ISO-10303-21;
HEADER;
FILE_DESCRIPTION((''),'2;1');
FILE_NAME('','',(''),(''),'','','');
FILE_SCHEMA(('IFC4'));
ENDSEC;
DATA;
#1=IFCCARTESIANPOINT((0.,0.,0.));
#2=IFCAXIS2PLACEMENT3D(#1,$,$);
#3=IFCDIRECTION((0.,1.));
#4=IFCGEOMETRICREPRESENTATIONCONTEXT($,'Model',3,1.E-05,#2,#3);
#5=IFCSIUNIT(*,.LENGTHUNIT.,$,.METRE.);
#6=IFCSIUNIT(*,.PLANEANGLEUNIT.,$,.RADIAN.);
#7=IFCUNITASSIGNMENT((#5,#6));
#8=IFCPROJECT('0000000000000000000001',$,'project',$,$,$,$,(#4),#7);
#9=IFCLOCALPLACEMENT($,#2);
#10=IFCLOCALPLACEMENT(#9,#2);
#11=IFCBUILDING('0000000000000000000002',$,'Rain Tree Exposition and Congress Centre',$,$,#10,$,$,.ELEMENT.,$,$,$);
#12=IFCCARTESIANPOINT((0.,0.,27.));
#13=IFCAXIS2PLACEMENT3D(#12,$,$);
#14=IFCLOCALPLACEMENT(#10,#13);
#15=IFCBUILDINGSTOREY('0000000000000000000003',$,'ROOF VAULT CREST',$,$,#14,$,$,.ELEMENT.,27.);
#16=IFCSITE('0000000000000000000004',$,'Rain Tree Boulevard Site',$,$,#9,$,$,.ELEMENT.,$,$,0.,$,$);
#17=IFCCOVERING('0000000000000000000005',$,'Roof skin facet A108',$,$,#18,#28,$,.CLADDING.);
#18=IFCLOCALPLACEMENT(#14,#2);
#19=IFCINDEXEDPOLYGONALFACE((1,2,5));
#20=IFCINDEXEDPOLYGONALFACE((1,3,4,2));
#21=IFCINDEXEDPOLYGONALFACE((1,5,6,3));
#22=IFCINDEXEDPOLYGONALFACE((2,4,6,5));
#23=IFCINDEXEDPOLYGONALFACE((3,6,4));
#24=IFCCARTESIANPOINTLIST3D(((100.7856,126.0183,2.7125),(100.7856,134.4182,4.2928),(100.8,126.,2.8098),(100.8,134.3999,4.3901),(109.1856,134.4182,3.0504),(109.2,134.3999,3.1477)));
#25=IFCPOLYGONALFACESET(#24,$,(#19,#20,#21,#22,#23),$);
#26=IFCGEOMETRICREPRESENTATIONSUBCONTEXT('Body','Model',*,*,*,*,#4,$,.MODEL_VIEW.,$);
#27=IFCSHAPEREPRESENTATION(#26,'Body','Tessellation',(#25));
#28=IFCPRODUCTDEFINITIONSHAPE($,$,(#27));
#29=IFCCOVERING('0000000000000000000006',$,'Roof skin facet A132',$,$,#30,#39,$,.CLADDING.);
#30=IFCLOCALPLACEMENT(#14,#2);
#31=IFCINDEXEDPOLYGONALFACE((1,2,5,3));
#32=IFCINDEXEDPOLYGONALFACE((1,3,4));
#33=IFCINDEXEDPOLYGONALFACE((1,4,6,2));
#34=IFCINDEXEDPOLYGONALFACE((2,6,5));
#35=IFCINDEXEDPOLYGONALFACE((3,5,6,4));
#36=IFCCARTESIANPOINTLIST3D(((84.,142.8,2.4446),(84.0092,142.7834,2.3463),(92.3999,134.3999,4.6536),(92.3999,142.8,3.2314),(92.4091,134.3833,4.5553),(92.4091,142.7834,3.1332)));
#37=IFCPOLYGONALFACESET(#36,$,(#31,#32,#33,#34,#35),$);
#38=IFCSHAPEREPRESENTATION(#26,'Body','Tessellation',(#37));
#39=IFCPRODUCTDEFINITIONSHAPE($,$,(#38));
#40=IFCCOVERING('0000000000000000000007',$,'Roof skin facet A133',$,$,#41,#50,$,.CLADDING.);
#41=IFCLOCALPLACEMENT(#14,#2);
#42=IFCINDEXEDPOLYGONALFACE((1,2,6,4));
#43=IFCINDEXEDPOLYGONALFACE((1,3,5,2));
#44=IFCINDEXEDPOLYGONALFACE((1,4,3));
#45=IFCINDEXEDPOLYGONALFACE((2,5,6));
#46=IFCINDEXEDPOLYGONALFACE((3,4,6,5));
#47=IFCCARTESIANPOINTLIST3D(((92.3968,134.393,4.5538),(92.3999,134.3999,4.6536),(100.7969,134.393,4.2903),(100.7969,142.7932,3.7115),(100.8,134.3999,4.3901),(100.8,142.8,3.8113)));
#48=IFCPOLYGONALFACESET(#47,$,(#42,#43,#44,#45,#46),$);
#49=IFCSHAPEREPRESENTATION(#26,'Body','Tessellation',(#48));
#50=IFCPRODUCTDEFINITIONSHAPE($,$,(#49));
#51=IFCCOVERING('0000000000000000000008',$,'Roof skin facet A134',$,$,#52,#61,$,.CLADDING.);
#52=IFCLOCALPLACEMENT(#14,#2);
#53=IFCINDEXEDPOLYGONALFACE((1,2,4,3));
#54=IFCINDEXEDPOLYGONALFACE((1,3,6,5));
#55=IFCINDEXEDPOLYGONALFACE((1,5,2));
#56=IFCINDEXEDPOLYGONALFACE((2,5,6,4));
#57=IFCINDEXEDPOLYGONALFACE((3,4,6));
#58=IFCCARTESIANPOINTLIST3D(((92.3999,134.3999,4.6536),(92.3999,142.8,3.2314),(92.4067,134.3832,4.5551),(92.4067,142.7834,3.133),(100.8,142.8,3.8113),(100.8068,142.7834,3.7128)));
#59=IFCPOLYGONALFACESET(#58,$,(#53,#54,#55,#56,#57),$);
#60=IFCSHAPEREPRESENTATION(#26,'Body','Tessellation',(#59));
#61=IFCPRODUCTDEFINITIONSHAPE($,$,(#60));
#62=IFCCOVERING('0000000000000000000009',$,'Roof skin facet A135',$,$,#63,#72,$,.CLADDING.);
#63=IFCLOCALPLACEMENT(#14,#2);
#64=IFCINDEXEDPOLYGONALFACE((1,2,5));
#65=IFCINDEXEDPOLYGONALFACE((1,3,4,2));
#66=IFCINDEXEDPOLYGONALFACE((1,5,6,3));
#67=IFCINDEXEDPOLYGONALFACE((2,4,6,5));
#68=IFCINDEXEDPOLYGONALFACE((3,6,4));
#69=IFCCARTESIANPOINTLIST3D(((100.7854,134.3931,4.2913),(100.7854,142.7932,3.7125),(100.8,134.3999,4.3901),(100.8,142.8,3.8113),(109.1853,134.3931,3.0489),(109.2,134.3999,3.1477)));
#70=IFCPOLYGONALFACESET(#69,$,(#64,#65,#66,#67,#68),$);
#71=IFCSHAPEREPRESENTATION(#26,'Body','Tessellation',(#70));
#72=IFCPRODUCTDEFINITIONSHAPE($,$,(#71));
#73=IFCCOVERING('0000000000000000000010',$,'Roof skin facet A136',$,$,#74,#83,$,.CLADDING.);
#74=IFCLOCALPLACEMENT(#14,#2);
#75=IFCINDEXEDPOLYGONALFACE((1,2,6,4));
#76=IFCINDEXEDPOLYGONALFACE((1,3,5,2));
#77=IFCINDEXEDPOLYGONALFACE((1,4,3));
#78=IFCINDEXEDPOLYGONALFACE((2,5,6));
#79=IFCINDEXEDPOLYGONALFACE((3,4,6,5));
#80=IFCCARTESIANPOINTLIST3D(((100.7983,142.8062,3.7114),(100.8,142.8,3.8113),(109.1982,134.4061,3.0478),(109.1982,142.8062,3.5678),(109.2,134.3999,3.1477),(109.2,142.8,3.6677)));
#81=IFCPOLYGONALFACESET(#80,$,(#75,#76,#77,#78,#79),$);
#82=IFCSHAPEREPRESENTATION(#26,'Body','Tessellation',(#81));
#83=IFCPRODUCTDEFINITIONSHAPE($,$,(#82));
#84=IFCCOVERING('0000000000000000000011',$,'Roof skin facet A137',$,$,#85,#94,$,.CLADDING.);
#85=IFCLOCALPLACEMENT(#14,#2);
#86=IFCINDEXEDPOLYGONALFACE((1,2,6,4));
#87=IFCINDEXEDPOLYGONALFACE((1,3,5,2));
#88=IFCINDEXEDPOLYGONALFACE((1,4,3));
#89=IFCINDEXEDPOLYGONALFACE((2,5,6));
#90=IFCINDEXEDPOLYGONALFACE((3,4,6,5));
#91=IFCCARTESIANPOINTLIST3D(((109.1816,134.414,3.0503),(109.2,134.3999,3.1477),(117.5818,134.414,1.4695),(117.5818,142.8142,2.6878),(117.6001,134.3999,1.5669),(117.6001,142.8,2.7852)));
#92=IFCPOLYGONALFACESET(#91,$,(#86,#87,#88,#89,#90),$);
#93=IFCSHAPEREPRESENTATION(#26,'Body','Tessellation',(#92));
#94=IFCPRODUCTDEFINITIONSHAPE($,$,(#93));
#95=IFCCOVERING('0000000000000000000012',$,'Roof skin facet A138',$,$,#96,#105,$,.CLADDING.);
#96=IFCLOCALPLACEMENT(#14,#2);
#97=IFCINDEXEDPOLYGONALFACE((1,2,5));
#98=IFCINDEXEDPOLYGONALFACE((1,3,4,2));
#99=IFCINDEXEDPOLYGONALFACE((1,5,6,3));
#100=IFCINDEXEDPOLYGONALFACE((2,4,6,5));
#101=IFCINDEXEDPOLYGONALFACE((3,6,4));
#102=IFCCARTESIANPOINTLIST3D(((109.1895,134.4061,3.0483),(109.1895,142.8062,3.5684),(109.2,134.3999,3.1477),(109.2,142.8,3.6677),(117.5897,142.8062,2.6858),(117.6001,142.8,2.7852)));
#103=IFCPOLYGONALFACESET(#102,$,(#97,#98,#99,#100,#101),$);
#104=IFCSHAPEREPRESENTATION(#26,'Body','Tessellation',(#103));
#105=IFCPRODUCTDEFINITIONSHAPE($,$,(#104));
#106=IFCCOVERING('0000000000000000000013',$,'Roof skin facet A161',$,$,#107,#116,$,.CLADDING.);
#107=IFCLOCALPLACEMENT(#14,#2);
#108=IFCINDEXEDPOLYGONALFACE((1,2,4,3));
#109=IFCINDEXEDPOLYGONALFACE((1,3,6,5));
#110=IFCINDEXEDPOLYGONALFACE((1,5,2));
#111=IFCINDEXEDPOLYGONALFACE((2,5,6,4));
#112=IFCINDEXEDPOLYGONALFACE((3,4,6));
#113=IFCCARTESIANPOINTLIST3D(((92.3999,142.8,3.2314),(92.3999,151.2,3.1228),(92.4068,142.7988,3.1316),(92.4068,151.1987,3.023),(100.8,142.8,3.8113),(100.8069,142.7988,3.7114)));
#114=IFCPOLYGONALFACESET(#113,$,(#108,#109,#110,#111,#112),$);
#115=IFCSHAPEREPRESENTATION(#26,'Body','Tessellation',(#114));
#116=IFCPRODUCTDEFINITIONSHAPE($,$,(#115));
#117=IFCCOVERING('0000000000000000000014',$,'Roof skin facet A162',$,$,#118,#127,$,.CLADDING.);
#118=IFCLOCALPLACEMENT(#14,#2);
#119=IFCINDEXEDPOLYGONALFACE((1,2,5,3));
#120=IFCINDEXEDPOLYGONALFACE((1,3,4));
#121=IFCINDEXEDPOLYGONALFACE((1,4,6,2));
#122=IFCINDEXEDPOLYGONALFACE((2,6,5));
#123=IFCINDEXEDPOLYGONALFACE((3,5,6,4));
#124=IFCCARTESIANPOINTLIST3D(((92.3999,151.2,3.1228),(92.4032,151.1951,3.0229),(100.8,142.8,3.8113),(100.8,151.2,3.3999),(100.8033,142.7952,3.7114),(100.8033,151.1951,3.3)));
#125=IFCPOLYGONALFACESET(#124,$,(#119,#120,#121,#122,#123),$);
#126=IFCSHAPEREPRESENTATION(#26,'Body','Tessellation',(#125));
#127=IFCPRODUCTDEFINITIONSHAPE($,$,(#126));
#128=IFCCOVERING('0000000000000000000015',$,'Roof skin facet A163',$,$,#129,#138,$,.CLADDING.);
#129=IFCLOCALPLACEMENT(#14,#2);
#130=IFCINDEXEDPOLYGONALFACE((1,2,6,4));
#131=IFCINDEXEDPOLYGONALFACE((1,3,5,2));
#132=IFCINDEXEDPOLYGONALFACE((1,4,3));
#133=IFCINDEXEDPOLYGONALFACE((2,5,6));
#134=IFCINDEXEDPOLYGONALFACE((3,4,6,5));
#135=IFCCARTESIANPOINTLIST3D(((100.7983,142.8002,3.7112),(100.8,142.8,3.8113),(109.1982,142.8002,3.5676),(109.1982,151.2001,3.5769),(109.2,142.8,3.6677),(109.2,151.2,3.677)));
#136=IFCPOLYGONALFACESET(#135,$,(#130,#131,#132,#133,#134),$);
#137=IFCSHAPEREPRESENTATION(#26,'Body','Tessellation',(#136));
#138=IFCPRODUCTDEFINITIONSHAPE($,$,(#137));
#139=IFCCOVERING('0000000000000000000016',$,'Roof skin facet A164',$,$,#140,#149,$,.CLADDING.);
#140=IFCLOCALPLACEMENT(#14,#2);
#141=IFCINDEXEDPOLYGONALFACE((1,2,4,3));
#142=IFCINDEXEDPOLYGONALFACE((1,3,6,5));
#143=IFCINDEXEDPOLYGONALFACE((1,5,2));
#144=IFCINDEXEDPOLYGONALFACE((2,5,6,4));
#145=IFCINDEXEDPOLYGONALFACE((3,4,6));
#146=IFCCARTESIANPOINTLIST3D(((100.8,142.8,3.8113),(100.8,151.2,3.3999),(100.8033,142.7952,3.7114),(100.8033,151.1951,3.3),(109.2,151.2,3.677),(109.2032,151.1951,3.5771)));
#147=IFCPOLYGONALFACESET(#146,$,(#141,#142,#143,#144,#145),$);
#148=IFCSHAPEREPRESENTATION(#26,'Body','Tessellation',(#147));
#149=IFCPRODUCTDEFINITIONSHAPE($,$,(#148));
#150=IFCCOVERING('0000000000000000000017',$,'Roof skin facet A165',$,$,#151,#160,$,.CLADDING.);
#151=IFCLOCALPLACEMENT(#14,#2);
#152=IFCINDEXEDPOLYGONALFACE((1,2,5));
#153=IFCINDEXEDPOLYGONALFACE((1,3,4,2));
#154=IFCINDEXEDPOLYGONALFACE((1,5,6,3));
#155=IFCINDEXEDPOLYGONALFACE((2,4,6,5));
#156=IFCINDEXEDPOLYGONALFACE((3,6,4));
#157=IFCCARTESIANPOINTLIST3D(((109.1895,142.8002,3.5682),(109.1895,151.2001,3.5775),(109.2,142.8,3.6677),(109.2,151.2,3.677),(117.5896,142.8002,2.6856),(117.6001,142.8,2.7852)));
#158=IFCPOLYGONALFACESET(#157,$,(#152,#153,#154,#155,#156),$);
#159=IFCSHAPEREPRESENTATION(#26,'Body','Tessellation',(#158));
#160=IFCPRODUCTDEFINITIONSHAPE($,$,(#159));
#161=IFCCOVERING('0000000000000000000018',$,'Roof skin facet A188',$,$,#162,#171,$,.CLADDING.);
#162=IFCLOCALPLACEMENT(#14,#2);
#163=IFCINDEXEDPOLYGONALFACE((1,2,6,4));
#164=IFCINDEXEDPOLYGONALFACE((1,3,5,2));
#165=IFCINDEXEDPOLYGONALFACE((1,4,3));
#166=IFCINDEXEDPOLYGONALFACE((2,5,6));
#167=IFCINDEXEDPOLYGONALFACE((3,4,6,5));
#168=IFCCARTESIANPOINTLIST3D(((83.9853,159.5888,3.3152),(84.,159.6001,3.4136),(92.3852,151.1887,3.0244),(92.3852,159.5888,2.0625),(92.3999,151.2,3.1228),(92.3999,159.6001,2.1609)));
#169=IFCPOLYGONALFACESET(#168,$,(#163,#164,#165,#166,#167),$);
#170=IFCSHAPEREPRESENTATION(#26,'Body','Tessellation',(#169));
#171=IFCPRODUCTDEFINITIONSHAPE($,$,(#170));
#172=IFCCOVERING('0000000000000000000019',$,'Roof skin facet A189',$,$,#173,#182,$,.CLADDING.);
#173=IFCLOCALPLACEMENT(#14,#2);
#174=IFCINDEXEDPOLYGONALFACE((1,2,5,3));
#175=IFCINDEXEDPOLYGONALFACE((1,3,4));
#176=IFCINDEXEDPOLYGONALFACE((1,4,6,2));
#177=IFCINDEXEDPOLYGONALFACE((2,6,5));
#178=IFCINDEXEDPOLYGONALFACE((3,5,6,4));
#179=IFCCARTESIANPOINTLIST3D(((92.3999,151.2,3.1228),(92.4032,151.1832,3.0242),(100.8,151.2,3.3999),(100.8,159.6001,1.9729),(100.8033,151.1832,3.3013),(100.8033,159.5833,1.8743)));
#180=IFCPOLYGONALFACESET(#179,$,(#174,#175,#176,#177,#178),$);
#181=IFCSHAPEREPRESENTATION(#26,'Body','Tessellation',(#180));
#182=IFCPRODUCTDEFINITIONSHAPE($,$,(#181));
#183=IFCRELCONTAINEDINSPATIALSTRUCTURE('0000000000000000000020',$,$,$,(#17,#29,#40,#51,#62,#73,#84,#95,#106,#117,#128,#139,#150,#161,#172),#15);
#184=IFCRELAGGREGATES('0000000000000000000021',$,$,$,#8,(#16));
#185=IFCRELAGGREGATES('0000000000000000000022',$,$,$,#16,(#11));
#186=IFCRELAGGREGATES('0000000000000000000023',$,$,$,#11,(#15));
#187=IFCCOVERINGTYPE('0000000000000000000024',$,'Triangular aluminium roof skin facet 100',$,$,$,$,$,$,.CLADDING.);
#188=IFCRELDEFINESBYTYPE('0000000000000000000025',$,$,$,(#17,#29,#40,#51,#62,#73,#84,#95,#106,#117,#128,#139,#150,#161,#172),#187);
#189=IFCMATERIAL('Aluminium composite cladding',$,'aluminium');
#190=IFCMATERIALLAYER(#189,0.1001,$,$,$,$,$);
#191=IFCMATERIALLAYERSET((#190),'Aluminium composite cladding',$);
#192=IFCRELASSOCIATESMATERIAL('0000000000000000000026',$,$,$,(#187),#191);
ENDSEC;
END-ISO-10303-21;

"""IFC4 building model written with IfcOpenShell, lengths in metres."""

from ifc_helpers import new_model, si_unit, direction, frame, origin, place, context, subcontext, project, spatial, polyline, outline, extrude, material, layer, layer_set, type_object, element, save


model = new_model("IFC4")

# Units and contexts
model_context = context("Model", 3, precision=1e-05, world=origin(), true_north=direction((0.0, 1.0)))
body_context = subcontext(model_context, "Body", "Model", "MODEL_VIEW")
ifc_project = project(units=[si_unit("LENGTHUNIT", "METRE"), si_unit("PLANEANGLEUNIT", "RADIAN")], contexts=[model_context])

# Site, building, storey
site_placement = place(None, origin())
site = spatial("IfcSite", under=ifc_project, at=site_placement, Name="Rain Tree Boulevard Site", CompositionType="ELEMENT", RefElevation=0.0)
building_placement = place(site_placement, origin())
building = spatial("IfcBuilding", under=site, at=building_placement, Name="Rain Tree Exposition and Congress Centre", CompositionType="ELEMENT")
storey_placement = place(building_placement, frame((0.0, 0.0, 27.0)))
storey = spatial("IfcBuildingStorey", under=building, at=storey_placement, Name="ROOF VAULT CREST", CompositionType="ELEMENT", Elevation=27.0)

# Coverings
ifc_material_1 = material(Name="Aluminium composite cladding", Category="aluminium")
ifc_layer_1 = layer(ifc_material_1, 0.1001)
ifc_layer_set_1 = layer_set([ifc_layer_1], Name="Aluminium composite cladding")
covering_type_1 = type_object("IfcCoveringType", Name="Triangular aluminium roof skin facet 100", PredefinedType="CLADDING", material=ifc_layer_set_1)
covering_1_placement = place(storey_placement, frame((100.8, 126.0, 2.8098), z_axis=(0.143848, -0.182969, 0.972538), x_axis=(0.706821, 0.706821, 0.028432)))
element("IfcCovering", 1, at=covering_1_placement, inside=storey, type_object=covering_type_1, Name="Roof skin facet A108", PredefinedType="CLADDING", context=body_context, shape_type="SweptSolid", body=[
    extrude(outline(polyline([(0.0, 0.0), (11.8841, 0.0), (5.9822, 6.1049), (0.0, 0.0)])), origin(), (0.0, 0.0, -1.0), 0.1001),
])
covering_2_placement = place(storey_placement, frame((92.3999, 134.3999, 4.6536), z_axis=(-0.09197, 0.166214, 0.981791), x_axis=(0.0, 0.98597, -0.166922)))
element("IfcCovering", 2, at=covering_2_placement, inside=storey, type_object=covering_type_1, Name="Roof skin facet A132", PredefinedType="CLADDING", context=body_context, shape_type="SweptSolid", body=[
    extrude(outline(polyline([(0.0, 0.0), (8.5197, 0.0), (8.651, 8.4357), (0.0, 0.0)])), origin(), (0.0, 0.0, -1.0), 0.1001),
])
covering_3_placement = place(storey_placement, frame((92.3999, 134.3999, 4.6536), z_axis=(0.03127, 0.068714, 0.997146), x_axis=(0.999509, 0.0, -0.031344)))
element("IfcCovering", 3, at=covering_3_placement, inside=storey, type_object=covering_type_1, Name="Roof skin facet A133", PredefinedType="CLADDING", context=body_context, shape_type="SweptSolid", body=[
    extrude(outline(polyline([(0.0, 0.0), (8.4043, 0.0), (8.4224, 8.42), (0.0, 0.0)])), origin(), (0.0, 0.0, -1.0), 0.1001),
])
covering_4_placement = place(storey_placement, frame((92.3999, 134.3999, 4.6536), z_axis=(-0.067901, 0.166536, 0.983695), x_axis=(0.705336, 0.705336, -0.070724)))
element("IfcCovering", 4, at=covering_4_placement, inside=storey, type_object=covering_type_1, Name="Roof skin facet A134", PredefinedType="CLADDING", context=body_context, shape_type="SweptSolid", body=[
    extrude(outline(polyline([(0.0, 0.0), (11.9094, 0.0), (6.0255, 6.0231), (0.0, 0.0)])), origin(), (0.0, 0.0, -1.0), 0.1001),
])
covering_5_placement = place(storey_placement, frame((100.8, 134.3999, 4.3901), z_axis=(0.14598, 0.068011, 0.986947), x_axis=(0.989238, 0.0, -0.146318)))
element("IfcCovering", 5, at=covering_5_placement, inside=storey, type_object=covering_type_1, Name="Roof skin facet A135", PredefinedType="CLADDING", context=body_context, shape_type="SweptSolid", body=[
    extrude(outline(polyline([(0.0, 0.0), (8.4913, 0.0), (0.0847, 8.4196), (0.0, 0.0)])), origin(), (0.0, 0.0, -1.0), 0.1001),
])
covering_6_placement = place(storey_placement, frame((109.2, 134.3999, 3.1477), z_axis=(0.017055, -0.061779, 0.997944), x_axis=(0.0, 0.998089, 0.061788)))
element("IfcCovering", 6, at=covering_6_placement, inside=storey, type_object=covering_type_1, Name="Roof skin facet A136", PredefinedType="CLADDING", context=body_context, shape_type="SweptSolid", body=[
    extrude(outline(polyline([(0.0, 0.0), (8.4162, 0.0), (8.4251, 8.4011), (0.0, 0.0)])), origin(), (0.0, 0.0, -1.0), 0.1001),
])
covering_7_placement = place(storey_placement, frame((109.2, 134.3999, 3.1477), z_axis=(0.183092, -0.141101, 0.972917), x_axis=(0.982749, 0.0, -0.184942)))
element("IfcCovering", 7, at=covering_7_placement, inside=storey, type_object=covering_type_1, Name="Roof skin facet A137", PredefinedType="CLADDING", context=body_context, shape_type="SweptSolid", body=[
    extrude(outline(polyline([(0.0, 0.0), (8.5476, 0.0), (8.3223, 8.485), (0.0, 0.0)])), origin(), (0.0, 0.0, -1.0), 0.1001),
])
covering_8_placement = place(storey_placement, frame((109.2, 134.3999, 3.1477), z_axis=(0.104293, -0.061451, 0.992646), x_axis=(0.706778, 0.706778, -0.030504)))
element("IfcCovering", 8, at=covering_8_placement, inside=storey, type_object=covering_type_1, Name="Roof skin facet A138", PredefinedType="CLADDING", context=body_context, shape_type="SweptSolid", body=[
    extrude(outline(polyline([(0.0, 0.0), (11.8851, 0.0), (5.9212, 5.981), (0.0, 0.0)])), origin(), (0.0, 0.0, -1.0), 0.1001),
])
covering_9_placement = place(storey_placement, frame((92.3999, 142.8, 3.2314), z_axis=(-0.068857, 0.012902, 0.997543), x_axis=(0.997626, 0.0, 0.068863)))
element("IfcCovering", 9, at=covering_9_placement, inside=storey, type_object=covering_type_1, Name="Roof skin facet A161", PredefinedType="CLADDING", context=body_context, shape_type="SweptSolid", body=[
    extrude(outline(polyline([(0.0, 0.0), (8.4201, 0.0), (-0.0075, 8.4006), (0.0, 0.0)])), origin(), (0.0, 0.0, -1.0), 0.1001),
])
covering_10_placement = place(storey_placement, frame((100.8, 142.8, 3.8113), z_axis=(-0.03293, 0.048889, 0.998261), x_axis=(0.0, 0.998803, -0.048915)))
element("IfcCovering", 10, at=covering_10_placement, inside=storey, type_object=covering_type_1, Name="Roof skin facet A162", PredefinedType="CLADDING", context=body_context, shape_type="SweptSolid", body=[
    extrude(outline(polyline([(0.0, 0.0), (8.41, 0.0), (8.4235, 8.4047), (0.0, 0.0)])), origin(), (0.0, 0.0, -1.0), 0.1001),
])
covering_11_placement = place(storey_placement, frame((100.8, 142.8, 3.8113), z_axis=(0.017088, -0.001104, 0.999853), x_axis=(0.999854, 0.0, -0.017088)))
element("IfcCovering", 11, at=covering_11_placement, inside=storey, type_object=covering_type_1, Name="Roof skin facet A163", PredefinedType="CLADDING", context=body_context, shape_type="SweptSolid", body=[
    extrude(outline(polyline([(0.0, 0.0), (8.4011, 0.0), (8.401, 8.3999), (0.0, 0.0)])), origin(), (0.0, 0.0, -1.0), 0.1001),
])
covering_12_placement = place(storey_placement, frame((100.8, 142.8, 3.8113), z_axis=(-0.032931, 0.048889, 0.998261), x_axis=(0.707062, 0.707062, -0.011303)))
element("IfcCovering", 12, at=covering_12_placement, inside=storey, type_object=covering_type_1, Name="Roof skin facet A164", PredefinedType="CLADDING", context=body_context, shape_type="SweptSolid", body=[
    extrude(outline(polyline([(0.0, 0.0), (11.88, 0.0), (5.9439, 5.9496), (0.0, 0.0)])), origin(), (0.0, 0.0, -1.0), 0.1001),
])
covering_13_placement = place(storey_placement, frame((109.2, 142.8, 3.6677), z_axis=(0.104491, -0.001098, 0.994525), x_axis=(0.994526, 0.0, -0.104491)))
element("IfcCovering", 13, at=covering_13_placement, inside=storey, type_object=covering_type_1, Name="Roof skin facet A165", PredefinedType="CLADDING", context=body_context, shape_type="SweptSolid", body=[
    extrude(outline(polyline([(0.0, 0.0), (8.4464, 0.0), (-0.001, 8.3999), (0.0, 0.0)])), origin(), (0.0, 0.0, -1.0), 0.1001),
])
covering_14_placement = place(storey_placement, frame((92.3999, 151.2, 3.1228), z_axis=(0.146563, 0.11254, 0.982779), x_axis=(0.0, 0.993507, -0.113768)))
element("IfcCovering", 14, at=covering_14_placement, inside=storey, type_object=covering_type_1, Name="Roof skin facet A188", PredefinedType="CLADDING", context=body_context, shape_type="SweptSolid", body=[
    extrude(outline(polyline([(0.0, 0.0), (8.455, 0.0), (8.3125, 8.4916), (0.0, 0.0)])), origin(), (0.0, 0.0, -1.0), 0.1001),
])
covering_15_placement = place(storey_placement, frame((92.3999, 151.2, 3.1228), z_axis=(-0.032504, 0.16739, 0.985355), x_axis=(0.999456, 0.0, 0.03297)))
element("IfcCovering", 15, at=covering_15_placement, inside=storey, type_object=covering_type_1, Name="Roof skin facet A189", PredefinedType="CLADDING", context=body_context, shape_type="SweptSolid", body=[
    extrude(outline(polyline([(0.0, 0.0), (8.4047, 0.0), (8.3577, 8.5204), (0.0, 0.0)])), origin(), (0.0, 0.0, -1.0), 0.1001),
])

save(model, "model.ifc")
